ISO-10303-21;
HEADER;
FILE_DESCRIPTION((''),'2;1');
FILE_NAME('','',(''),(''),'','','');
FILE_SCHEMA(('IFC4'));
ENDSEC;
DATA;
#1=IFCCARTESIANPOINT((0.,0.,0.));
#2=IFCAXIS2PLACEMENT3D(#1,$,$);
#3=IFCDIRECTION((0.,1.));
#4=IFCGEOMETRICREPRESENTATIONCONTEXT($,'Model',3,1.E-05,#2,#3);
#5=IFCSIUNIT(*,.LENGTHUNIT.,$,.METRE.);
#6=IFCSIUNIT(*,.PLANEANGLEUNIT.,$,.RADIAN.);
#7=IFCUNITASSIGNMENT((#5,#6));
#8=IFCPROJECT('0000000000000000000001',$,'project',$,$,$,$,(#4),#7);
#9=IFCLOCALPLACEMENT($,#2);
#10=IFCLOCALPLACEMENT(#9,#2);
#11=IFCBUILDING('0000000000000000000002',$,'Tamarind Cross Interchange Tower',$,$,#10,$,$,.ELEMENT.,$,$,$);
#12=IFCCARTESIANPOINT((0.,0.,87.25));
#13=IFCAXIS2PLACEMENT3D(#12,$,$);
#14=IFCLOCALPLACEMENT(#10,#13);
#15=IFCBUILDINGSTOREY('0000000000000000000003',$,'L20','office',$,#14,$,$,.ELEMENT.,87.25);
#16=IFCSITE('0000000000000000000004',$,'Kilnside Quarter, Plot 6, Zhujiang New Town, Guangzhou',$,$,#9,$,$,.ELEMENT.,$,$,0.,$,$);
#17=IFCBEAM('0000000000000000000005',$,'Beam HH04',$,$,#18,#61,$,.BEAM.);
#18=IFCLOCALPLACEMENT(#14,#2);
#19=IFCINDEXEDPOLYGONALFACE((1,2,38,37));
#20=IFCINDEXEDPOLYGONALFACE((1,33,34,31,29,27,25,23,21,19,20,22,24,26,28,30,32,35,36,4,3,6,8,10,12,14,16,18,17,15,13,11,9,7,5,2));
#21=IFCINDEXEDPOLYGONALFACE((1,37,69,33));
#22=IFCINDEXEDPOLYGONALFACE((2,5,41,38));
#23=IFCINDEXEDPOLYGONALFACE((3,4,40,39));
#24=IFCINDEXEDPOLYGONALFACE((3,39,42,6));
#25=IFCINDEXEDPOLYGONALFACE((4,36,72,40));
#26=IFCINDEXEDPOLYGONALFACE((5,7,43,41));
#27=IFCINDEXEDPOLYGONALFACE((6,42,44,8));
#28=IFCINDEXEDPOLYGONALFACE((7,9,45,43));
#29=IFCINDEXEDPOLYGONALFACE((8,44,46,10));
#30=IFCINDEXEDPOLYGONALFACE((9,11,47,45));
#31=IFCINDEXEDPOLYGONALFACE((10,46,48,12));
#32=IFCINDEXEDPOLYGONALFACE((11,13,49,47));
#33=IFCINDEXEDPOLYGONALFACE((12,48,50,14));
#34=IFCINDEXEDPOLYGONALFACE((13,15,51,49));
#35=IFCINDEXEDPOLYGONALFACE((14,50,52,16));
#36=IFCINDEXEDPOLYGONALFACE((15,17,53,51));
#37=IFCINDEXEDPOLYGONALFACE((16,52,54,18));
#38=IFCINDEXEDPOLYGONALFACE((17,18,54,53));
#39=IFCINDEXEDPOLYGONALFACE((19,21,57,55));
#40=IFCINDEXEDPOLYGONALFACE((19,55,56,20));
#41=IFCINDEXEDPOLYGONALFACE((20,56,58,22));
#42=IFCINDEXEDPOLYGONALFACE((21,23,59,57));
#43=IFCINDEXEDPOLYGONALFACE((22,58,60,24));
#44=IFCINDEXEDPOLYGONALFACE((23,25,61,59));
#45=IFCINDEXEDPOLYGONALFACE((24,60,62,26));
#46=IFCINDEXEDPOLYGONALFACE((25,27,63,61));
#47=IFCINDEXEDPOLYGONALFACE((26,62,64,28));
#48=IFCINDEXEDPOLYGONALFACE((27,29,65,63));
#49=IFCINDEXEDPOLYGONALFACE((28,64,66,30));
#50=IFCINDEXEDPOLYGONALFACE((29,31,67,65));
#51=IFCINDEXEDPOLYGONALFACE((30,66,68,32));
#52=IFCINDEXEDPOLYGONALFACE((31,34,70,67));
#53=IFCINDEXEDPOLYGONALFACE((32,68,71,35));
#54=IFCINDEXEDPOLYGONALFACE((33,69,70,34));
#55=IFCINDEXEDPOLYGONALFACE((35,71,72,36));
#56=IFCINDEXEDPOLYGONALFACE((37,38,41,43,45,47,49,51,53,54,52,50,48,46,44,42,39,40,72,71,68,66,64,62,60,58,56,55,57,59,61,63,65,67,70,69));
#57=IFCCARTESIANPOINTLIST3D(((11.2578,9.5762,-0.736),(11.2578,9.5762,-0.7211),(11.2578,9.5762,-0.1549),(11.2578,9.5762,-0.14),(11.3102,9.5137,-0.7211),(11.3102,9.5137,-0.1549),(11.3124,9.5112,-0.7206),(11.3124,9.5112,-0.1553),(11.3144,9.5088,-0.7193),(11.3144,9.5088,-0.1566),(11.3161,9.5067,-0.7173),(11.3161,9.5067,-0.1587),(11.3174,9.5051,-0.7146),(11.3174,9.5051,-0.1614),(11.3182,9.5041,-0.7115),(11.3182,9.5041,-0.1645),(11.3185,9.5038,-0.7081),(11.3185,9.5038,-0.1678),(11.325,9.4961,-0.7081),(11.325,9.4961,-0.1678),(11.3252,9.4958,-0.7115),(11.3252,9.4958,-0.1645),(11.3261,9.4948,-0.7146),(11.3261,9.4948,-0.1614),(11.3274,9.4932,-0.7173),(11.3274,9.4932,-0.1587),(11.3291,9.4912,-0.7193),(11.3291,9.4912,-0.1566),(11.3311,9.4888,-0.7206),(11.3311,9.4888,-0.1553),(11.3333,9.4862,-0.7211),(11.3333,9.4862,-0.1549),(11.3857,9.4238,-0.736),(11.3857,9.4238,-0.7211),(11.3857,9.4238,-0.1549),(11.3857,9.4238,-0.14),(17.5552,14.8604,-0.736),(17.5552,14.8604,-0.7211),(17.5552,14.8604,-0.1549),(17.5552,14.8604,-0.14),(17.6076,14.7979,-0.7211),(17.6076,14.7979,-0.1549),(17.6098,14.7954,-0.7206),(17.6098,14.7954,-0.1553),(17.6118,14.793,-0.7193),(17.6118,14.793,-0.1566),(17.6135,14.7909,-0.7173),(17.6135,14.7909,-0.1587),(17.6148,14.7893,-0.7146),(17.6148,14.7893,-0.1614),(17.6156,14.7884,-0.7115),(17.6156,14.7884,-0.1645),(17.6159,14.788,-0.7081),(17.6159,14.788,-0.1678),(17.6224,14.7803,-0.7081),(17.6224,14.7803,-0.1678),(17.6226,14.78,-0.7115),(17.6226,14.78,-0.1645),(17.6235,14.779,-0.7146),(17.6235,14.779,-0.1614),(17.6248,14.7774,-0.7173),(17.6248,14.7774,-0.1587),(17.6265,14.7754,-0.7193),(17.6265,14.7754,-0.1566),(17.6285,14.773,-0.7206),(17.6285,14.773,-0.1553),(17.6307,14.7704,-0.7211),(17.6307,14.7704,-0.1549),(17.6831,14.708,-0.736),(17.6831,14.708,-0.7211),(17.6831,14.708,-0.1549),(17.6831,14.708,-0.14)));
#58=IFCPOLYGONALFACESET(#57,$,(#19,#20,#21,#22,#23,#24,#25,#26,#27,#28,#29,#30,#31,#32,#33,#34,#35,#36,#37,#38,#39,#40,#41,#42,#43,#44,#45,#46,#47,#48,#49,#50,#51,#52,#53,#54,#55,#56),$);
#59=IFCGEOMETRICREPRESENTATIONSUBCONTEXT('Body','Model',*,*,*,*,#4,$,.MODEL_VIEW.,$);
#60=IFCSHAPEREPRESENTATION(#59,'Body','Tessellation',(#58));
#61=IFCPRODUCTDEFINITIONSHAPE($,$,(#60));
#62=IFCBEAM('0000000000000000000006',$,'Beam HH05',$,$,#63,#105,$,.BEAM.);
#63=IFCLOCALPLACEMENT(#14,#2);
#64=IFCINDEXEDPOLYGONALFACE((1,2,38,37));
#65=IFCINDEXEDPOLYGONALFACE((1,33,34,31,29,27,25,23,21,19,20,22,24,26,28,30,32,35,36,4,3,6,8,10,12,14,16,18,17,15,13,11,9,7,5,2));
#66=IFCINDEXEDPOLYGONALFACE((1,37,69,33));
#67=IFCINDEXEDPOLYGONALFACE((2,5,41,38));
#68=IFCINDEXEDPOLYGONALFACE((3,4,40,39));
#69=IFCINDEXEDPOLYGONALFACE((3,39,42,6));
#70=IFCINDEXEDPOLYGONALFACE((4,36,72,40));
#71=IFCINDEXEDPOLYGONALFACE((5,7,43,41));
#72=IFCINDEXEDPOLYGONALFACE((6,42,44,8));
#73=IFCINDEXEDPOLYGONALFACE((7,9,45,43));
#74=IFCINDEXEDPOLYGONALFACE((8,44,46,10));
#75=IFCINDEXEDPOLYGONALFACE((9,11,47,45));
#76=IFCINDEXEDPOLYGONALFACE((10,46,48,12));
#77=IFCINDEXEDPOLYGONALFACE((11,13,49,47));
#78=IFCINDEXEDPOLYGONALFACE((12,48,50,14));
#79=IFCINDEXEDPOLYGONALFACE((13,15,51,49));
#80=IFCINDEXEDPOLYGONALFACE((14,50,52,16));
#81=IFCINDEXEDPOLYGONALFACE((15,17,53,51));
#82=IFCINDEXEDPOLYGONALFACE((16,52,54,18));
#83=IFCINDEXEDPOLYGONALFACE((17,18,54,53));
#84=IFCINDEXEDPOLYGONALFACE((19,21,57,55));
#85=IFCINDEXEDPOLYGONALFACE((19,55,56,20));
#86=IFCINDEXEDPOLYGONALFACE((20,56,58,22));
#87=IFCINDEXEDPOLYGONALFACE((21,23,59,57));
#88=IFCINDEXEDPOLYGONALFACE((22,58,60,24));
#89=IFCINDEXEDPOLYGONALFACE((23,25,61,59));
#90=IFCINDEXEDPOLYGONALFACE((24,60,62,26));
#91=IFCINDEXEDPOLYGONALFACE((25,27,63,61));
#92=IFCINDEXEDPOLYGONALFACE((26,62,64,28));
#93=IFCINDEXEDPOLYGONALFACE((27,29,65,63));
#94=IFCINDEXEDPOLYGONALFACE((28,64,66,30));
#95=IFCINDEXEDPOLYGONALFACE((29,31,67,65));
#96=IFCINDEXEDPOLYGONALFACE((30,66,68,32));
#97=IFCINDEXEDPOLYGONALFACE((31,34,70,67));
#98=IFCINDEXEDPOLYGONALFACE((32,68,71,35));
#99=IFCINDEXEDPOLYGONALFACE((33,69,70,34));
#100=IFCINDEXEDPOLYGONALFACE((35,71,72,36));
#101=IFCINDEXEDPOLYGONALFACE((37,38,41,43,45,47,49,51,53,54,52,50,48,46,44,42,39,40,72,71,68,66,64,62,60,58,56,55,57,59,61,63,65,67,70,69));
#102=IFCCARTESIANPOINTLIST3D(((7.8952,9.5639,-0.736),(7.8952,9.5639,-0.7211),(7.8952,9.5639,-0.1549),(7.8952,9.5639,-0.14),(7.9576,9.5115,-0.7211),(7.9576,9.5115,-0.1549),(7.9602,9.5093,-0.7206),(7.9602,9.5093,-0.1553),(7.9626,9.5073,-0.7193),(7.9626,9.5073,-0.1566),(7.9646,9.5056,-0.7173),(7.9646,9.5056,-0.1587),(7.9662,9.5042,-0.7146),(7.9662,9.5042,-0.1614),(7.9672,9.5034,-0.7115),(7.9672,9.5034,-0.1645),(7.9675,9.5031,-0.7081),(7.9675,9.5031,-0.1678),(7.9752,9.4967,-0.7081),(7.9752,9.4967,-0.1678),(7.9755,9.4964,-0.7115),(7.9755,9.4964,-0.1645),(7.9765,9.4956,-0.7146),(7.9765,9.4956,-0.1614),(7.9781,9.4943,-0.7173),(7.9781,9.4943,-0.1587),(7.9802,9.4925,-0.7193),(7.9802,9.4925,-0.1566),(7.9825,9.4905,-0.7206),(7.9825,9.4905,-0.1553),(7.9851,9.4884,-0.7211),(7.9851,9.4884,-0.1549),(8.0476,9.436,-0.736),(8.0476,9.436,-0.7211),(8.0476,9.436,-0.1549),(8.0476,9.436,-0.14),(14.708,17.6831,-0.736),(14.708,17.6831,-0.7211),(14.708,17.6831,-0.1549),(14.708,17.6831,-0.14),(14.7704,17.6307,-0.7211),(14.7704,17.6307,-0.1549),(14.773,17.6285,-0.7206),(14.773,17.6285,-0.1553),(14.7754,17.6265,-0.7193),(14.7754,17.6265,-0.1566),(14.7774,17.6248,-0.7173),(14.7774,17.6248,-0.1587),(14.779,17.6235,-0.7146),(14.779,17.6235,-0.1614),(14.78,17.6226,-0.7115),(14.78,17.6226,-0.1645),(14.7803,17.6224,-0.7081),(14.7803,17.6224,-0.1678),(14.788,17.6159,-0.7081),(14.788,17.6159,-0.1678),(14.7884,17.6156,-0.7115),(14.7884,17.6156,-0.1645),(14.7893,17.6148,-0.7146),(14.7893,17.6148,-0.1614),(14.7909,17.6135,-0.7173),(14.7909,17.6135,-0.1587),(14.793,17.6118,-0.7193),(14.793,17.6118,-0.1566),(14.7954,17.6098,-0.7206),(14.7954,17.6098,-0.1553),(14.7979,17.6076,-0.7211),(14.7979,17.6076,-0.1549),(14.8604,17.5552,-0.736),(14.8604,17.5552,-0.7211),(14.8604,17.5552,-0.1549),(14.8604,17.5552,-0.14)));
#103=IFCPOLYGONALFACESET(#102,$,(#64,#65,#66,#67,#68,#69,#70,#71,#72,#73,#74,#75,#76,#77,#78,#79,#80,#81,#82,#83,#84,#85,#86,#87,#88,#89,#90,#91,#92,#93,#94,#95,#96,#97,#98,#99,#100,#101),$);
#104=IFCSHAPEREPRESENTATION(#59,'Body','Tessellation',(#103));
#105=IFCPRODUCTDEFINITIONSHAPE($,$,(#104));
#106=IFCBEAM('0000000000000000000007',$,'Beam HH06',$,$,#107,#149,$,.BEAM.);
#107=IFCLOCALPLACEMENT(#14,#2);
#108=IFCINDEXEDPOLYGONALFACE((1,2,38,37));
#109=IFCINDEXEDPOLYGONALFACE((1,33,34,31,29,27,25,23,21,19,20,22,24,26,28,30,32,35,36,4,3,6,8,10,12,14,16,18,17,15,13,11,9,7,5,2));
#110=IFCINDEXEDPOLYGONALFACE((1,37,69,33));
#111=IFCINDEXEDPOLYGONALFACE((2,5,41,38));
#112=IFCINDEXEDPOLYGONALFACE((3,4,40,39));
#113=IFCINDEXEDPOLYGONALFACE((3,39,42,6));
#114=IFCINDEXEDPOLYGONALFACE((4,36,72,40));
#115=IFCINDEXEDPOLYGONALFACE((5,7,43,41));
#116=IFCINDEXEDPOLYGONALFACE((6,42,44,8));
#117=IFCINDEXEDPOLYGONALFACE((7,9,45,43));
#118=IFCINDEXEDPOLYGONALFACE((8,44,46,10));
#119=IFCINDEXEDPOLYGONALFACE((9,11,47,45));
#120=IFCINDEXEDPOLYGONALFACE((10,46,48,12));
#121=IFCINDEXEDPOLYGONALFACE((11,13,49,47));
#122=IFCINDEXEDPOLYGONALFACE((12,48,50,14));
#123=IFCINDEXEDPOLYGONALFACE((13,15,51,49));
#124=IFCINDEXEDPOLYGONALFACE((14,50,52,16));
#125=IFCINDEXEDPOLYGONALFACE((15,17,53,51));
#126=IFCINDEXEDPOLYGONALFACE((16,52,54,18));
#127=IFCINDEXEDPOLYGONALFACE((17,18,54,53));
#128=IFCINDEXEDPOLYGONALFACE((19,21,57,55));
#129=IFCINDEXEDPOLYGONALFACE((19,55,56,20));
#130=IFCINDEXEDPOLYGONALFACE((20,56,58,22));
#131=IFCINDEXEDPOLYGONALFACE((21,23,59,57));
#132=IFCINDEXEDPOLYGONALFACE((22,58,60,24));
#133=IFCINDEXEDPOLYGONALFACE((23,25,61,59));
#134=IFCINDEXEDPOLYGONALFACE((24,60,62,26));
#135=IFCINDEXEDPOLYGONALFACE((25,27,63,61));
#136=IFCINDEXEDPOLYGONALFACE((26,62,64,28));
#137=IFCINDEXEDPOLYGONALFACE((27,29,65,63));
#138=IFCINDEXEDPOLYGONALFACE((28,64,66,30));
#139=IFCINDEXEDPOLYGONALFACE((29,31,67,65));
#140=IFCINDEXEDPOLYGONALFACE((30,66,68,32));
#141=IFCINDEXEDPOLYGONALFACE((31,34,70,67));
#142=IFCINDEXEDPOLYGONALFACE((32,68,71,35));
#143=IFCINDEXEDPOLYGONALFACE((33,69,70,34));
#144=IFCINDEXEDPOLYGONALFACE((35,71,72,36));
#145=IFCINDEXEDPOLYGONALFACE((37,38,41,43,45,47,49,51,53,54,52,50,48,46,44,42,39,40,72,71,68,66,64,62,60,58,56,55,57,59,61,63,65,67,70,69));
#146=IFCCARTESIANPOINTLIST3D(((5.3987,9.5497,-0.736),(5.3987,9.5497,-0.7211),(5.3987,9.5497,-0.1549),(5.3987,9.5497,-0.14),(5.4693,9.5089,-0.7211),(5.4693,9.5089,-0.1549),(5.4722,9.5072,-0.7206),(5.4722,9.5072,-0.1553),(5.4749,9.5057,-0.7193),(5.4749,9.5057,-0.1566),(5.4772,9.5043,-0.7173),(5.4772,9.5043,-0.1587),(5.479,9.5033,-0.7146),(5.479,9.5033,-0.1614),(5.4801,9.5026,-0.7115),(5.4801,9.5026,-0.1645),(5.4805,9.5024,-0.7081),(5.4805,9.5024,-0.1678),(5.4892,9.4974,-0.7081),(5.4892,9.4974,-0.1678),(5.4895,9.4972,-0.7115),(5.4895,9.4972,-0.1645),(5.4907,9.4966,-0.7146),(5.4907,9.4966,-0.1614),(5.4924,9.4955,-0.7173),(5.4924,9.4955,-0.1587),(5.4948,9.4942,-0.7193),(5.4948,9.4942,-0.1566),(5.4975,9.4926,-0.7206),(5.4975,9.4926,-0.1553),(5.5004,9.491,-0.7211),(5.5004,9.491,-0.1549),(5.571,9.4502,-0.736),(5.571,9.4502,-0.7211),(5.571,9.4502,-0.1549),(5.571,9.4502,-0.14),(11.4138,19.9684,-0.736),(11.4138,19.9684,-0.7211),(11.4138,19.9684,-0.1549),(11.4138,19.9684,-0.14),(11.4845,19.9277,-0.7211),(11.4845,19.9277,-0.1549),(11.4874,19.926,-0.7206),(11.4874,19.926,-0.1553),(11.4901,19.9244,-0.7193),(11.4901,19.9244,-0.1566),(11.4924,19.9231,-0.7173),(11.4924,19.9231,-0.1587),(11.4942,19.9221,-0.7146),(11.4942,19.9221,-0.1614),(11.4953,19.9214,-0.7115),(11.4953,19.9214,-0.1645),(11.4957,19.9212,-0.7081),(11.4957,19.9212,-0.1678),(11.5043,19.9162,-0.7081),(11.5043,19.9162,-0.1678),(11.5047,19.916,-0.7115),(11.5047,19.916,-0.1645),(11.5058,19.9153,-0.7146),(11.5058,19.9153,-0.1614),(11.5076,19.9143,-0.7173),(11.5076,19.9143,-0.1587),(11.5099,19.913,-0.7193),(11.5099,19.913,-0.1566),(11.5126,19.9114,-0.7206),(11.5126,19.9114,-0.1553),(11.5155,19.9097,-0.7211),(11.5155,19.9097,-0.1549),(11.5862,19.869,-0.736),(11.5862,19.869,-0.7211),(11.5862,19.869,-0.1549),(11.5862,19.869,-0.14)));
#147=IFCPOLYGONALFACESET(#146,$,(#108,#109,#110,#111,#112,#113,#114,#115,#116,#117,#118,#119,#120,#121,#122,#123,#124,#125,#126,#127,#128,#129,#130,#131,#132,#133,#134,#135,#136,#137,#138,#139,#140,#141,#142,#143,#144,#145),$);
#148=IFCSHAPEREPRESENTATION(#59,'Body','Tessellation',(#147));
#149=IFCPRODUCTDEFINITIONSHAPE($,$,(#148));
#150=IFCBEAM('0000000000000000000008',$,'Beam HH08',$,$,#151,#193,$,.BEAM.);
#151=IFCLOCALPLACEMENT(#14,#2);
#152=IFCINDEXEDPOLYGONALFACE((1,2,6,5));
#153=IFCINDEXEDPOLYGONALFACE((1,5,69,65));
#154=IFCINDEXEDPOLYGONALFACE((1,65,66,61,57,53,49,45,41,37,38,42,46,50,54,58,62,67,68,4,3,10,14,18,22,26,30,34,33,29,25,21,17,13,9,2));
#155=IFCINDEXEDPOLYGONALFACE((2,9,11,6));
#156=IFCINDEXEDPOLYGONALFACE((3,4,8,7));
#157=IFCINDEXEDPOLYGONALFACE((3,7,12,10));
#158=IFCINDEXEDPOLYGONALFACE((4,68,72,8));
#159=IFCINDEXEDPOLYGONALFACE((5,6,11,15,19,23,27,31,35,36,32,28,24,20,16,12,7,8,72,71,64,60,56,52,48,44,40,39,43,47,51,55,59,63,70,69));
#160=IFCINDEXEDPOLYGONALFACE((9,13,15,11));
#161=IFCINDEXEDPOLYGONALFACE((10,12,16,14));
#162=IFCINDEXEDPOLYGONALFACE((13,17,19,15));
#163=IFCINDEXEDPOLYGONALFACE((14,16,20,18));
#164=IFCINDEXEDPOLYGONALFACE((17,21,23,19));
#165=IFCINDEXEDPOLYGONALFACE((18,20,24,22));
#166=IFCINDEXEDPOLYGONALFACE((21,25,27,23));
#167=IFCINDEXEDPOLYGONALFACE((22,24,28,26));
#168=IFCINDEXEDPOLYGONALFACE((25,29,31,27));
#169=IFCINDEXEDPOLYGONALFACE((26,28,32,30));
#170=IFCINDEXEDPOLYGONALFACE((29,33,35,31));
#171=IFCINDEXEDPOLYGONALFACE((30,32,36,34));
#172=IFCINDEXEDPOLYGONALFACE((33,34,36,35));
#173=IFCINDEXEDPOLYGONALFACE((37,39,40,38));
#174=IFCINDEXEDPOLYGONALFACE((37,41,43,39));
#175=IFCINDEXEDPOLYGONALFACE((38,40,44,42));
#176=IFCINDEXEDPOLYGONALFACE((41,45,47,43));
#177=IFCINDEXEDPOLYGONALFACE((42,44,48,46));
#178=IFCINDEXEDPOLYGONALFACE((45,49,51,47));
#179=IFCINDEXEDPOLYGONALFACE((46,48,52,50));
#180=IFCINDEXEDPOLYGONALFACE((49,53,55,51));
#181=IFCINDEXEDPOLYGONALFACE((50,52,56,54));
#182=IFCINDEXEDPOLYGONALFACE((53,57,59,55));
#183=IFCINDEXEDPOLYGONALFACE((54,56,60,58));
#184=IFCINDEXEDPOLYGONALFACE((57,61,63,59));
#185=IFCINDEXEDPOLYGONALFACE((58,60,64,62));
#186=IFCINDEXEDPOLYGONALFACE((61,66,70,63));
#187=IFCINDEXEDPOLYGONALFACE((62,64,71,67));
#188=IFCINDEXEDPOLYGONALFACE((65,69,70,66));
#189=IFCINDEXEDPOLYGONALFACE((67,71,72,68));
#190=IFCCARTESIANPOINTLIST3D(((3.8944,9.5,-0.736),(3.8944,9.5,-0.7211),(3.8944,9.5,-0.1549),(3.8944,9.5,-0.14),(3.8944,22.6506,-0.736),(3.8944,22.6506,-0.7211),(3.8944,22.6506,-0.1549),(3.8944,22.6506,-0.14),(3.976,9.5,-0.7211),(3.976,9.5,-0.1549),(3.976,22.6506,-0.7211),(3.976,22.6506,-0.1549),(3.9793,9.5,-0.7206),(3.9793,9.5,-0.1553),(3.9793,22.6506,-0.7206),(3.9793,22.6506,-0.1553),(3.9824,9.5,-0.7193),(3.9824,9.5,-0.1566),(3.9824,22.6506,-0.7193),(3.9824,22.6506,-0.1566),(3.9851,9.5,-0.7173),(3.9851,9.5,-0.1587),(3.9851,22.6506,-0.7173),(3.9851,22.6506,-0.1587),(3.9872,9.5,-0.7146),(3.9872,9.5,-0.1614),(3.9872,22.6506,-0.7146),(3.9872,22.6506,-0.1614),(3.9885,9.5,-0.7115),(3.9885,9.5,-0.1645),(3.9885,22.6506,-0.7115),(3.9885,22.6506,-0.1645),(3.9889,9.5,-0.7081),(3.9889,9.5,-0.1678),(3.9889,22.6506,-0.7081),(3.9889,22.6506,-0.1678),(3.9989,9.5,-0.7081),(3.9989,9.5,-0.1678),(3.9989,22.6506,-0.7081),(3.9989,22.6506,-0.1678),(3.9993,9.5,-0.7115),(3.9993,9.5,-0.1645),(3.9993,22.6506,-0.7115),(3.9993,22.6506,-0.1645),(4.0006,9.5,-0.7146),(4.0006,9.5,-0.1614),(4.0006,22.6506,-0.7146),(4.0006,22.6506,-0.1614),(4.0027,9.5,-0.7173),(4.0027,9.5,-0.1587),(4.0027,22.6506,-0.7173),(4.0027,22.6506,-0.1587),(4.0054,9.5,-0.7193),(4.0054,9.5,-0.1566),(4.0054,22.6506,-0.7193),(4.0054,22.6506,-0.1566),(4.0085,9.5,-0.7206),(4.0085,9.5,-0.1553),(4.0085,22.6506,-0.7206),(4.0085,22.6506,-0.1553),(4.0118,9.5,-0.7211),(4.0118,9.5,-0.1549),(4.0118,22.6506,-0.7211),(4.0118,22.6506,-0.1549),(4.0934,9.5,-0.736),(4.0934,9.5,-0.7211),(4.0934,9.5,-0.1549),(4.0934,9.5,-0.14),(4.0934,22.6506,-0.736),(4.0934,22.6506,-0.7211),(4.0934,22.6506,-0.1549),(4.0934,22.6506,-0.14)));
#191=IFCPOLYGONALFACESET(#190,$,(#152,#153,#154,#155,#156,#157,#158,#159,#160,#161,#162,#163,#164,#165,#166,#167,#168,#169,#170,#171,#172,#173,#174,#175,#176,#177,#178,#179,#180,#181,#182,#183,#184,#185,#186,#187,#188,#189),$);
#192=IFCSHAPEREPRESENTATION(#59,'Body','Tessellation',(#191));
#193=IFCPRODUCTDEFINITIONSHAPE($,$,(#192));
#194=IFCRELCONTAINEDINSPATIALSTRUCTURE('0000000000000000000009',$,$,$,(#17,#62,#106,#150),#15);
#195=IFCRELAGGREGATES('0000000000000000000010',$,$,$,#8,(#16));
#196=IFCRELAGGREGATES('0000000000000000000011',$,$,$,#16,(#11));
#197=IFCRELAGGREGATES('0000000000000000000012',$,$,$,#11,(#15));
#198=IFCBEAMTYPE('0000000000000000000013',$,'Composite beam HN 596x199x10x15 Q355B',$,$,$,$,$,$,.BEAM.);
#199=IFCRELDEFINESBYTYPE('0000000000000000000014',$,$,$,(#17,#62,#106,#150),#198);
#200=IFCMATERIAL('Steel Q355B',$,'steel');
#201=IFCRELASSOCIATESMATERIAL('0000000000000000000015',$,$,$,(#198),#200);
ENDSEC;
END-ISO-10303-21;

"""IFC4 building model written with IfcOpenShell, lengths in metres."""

from ifc_helpers import new_model, si_unit, direction, frame, origin, origin_2d, place, context, subcontext, project, spatial, i_section, extrude, material, material_profile, profile_set, type_object, element, save


model = new_model("IFC4")

# Units and contexts
model_context = context("Model", 3, precision=1e-05, world=origin(), true_north=direction((0.0, 1.0)))
body_context = subcontext(model_context, "Body", "Model", "MODEL_VIEW")
ifc_project = project(units=[si_unit("LENGTHUNIT", "METRE"), si_unit("PLANEANGLEUNIT", "RADIAN")], contexts=[model_context])

# Site, building, storey
site_placement = place(None, origin())
site = spatial("IfcSite", under=ifc_project, at=site_placement, Name="Kilnside Quarter, Plot 6, Zhujiang New Town, Guangzhou", CompositionType="ELEMENT", RefElevation=0.0)
building_placement = place(site_placement, origin())
building = spatial("IfcBuilding", under=site, at=building_placement, Name="Tamarind Cross Interchange Tower", CompositionType="ELEMENT")
storey_placement = place(building_placement, frame((0.0, 0.0, 87.25)))
storey = spatial("IfcBuildingStorey", under=building, at=storey_placement, Name="L20", Description="office", CompositionType="ELEMENT", Elevation=87.25)

# Beams
ifc_material_1 = material(Name="Steel Q355B", Category="steel")
ifc_material_profile_1 = material_profile(ifc_material_1, i_section(OverallWidth=0.199, OverallDepth=0.5959, WebThickness=0.01, FlangeThickness=0.0149, FilletRadius=0.0129, at=origin_2d()), Name="HN 596x199x10x15")
ifc_profile_set_1 = profile_set([ifc_material_profile_1], Name="Steel Q355B")
beam_type = type_object("IfcBeamType", Name="Composite beam HN 596x199x10x15 Q355B", PredefinedType="BEAM", material=ifc_profile_set_1)
beam_1_placement = place(storey_placement, frame((17.6191, 14.7842, -0.438), z_axis=(-0.766041, -0.642792, 0.0), x_axis=(0.642792, -0.766041, 0.0)))
element("IfcBeam", 1, at=beam_1_placement, inside=storey, type_object=beam_type, Name="Beam HH04", PredefinedType="BEAM", context=body_context, shape_type="SweptSolid", body=[
    extrude(i_section(OverallWidth=0.199, OverallDepth=0.5959, WebThickness=0.01, FlangeThickness=0.0149, FilletRadius=0.0129, at=origin_2d()), origin(), (0.0, 0.0, 1.0), 8.2207),
])
beam_2_placement = place(storey_placement, frame((14.7842, 17.6191, -0.438), z_axis=(-0.642786, -0.766046, 0.0), x_axis=(0.766046, -0.642786, 0.0)))
element("IfcBeam", 2, at=beam_2_placement, inside=storey, type_object=beam_type, Name="Beam HH05", PredefinedType="BEAM", context=body_context, shape_type="SweptSolid", body=[
    extrude(i_section(OverallWidth=0.199, OverallDepth=0.5959, WebThickness=0.01, FlangeThickness=0.0149, FilletRadius=0.0129, at=origin_2d()), origin(), (0.0, 0.0, 1.0), 10.5989),
])
beam_3_placement = place(storey_placement, frame((11.5, 19.9187, -0.438), z_axis=(-0.499994, -0.866029, 0.0), x_axis=(0.866029, -0.499994, 0.0)))
element("IfcBeam", 3, at=beam_3_placement, inside=storey, type_object=beam_type, Name="Beam HH06", PredefinedType="BEAM", context=body_context, shape_type="SweptSolid", body=[
    extrude(i_section(OverallWidth=0.199, OverallDepth=0.5959, WebThickness=0.01, FlangeThickness=0.0149, FilletRadius=0.0129, at=origin_2d()), origin(), (0.0, 0.0, 1.0), 12.0305),
])
beam_4_placement = place(storey_placement, frame((3.9939, 22.6506, -0.438), z_axis=(0.0, -1.0, 0.0), x_axis=(1.0, 0.0, 0.0)))
element("IfcBeam", 4, at=beam_4_placement, inside=storey, type_object=beam_type, Name="Beam HH08", PredefinedType="BEAM", context=body_context, shape_type="SweptSolid", body=[
    extrude(i_section(OverallWidth=0.199, OverallDepth=0.5959, WebThickness=0.01, FlangeThickness=0.0149, FilletRadius=0.0129, at=origin_2d()), origin(), (0.0, 0.0, 1.0), 13.1506),
])

save(model, "model.ifc")
